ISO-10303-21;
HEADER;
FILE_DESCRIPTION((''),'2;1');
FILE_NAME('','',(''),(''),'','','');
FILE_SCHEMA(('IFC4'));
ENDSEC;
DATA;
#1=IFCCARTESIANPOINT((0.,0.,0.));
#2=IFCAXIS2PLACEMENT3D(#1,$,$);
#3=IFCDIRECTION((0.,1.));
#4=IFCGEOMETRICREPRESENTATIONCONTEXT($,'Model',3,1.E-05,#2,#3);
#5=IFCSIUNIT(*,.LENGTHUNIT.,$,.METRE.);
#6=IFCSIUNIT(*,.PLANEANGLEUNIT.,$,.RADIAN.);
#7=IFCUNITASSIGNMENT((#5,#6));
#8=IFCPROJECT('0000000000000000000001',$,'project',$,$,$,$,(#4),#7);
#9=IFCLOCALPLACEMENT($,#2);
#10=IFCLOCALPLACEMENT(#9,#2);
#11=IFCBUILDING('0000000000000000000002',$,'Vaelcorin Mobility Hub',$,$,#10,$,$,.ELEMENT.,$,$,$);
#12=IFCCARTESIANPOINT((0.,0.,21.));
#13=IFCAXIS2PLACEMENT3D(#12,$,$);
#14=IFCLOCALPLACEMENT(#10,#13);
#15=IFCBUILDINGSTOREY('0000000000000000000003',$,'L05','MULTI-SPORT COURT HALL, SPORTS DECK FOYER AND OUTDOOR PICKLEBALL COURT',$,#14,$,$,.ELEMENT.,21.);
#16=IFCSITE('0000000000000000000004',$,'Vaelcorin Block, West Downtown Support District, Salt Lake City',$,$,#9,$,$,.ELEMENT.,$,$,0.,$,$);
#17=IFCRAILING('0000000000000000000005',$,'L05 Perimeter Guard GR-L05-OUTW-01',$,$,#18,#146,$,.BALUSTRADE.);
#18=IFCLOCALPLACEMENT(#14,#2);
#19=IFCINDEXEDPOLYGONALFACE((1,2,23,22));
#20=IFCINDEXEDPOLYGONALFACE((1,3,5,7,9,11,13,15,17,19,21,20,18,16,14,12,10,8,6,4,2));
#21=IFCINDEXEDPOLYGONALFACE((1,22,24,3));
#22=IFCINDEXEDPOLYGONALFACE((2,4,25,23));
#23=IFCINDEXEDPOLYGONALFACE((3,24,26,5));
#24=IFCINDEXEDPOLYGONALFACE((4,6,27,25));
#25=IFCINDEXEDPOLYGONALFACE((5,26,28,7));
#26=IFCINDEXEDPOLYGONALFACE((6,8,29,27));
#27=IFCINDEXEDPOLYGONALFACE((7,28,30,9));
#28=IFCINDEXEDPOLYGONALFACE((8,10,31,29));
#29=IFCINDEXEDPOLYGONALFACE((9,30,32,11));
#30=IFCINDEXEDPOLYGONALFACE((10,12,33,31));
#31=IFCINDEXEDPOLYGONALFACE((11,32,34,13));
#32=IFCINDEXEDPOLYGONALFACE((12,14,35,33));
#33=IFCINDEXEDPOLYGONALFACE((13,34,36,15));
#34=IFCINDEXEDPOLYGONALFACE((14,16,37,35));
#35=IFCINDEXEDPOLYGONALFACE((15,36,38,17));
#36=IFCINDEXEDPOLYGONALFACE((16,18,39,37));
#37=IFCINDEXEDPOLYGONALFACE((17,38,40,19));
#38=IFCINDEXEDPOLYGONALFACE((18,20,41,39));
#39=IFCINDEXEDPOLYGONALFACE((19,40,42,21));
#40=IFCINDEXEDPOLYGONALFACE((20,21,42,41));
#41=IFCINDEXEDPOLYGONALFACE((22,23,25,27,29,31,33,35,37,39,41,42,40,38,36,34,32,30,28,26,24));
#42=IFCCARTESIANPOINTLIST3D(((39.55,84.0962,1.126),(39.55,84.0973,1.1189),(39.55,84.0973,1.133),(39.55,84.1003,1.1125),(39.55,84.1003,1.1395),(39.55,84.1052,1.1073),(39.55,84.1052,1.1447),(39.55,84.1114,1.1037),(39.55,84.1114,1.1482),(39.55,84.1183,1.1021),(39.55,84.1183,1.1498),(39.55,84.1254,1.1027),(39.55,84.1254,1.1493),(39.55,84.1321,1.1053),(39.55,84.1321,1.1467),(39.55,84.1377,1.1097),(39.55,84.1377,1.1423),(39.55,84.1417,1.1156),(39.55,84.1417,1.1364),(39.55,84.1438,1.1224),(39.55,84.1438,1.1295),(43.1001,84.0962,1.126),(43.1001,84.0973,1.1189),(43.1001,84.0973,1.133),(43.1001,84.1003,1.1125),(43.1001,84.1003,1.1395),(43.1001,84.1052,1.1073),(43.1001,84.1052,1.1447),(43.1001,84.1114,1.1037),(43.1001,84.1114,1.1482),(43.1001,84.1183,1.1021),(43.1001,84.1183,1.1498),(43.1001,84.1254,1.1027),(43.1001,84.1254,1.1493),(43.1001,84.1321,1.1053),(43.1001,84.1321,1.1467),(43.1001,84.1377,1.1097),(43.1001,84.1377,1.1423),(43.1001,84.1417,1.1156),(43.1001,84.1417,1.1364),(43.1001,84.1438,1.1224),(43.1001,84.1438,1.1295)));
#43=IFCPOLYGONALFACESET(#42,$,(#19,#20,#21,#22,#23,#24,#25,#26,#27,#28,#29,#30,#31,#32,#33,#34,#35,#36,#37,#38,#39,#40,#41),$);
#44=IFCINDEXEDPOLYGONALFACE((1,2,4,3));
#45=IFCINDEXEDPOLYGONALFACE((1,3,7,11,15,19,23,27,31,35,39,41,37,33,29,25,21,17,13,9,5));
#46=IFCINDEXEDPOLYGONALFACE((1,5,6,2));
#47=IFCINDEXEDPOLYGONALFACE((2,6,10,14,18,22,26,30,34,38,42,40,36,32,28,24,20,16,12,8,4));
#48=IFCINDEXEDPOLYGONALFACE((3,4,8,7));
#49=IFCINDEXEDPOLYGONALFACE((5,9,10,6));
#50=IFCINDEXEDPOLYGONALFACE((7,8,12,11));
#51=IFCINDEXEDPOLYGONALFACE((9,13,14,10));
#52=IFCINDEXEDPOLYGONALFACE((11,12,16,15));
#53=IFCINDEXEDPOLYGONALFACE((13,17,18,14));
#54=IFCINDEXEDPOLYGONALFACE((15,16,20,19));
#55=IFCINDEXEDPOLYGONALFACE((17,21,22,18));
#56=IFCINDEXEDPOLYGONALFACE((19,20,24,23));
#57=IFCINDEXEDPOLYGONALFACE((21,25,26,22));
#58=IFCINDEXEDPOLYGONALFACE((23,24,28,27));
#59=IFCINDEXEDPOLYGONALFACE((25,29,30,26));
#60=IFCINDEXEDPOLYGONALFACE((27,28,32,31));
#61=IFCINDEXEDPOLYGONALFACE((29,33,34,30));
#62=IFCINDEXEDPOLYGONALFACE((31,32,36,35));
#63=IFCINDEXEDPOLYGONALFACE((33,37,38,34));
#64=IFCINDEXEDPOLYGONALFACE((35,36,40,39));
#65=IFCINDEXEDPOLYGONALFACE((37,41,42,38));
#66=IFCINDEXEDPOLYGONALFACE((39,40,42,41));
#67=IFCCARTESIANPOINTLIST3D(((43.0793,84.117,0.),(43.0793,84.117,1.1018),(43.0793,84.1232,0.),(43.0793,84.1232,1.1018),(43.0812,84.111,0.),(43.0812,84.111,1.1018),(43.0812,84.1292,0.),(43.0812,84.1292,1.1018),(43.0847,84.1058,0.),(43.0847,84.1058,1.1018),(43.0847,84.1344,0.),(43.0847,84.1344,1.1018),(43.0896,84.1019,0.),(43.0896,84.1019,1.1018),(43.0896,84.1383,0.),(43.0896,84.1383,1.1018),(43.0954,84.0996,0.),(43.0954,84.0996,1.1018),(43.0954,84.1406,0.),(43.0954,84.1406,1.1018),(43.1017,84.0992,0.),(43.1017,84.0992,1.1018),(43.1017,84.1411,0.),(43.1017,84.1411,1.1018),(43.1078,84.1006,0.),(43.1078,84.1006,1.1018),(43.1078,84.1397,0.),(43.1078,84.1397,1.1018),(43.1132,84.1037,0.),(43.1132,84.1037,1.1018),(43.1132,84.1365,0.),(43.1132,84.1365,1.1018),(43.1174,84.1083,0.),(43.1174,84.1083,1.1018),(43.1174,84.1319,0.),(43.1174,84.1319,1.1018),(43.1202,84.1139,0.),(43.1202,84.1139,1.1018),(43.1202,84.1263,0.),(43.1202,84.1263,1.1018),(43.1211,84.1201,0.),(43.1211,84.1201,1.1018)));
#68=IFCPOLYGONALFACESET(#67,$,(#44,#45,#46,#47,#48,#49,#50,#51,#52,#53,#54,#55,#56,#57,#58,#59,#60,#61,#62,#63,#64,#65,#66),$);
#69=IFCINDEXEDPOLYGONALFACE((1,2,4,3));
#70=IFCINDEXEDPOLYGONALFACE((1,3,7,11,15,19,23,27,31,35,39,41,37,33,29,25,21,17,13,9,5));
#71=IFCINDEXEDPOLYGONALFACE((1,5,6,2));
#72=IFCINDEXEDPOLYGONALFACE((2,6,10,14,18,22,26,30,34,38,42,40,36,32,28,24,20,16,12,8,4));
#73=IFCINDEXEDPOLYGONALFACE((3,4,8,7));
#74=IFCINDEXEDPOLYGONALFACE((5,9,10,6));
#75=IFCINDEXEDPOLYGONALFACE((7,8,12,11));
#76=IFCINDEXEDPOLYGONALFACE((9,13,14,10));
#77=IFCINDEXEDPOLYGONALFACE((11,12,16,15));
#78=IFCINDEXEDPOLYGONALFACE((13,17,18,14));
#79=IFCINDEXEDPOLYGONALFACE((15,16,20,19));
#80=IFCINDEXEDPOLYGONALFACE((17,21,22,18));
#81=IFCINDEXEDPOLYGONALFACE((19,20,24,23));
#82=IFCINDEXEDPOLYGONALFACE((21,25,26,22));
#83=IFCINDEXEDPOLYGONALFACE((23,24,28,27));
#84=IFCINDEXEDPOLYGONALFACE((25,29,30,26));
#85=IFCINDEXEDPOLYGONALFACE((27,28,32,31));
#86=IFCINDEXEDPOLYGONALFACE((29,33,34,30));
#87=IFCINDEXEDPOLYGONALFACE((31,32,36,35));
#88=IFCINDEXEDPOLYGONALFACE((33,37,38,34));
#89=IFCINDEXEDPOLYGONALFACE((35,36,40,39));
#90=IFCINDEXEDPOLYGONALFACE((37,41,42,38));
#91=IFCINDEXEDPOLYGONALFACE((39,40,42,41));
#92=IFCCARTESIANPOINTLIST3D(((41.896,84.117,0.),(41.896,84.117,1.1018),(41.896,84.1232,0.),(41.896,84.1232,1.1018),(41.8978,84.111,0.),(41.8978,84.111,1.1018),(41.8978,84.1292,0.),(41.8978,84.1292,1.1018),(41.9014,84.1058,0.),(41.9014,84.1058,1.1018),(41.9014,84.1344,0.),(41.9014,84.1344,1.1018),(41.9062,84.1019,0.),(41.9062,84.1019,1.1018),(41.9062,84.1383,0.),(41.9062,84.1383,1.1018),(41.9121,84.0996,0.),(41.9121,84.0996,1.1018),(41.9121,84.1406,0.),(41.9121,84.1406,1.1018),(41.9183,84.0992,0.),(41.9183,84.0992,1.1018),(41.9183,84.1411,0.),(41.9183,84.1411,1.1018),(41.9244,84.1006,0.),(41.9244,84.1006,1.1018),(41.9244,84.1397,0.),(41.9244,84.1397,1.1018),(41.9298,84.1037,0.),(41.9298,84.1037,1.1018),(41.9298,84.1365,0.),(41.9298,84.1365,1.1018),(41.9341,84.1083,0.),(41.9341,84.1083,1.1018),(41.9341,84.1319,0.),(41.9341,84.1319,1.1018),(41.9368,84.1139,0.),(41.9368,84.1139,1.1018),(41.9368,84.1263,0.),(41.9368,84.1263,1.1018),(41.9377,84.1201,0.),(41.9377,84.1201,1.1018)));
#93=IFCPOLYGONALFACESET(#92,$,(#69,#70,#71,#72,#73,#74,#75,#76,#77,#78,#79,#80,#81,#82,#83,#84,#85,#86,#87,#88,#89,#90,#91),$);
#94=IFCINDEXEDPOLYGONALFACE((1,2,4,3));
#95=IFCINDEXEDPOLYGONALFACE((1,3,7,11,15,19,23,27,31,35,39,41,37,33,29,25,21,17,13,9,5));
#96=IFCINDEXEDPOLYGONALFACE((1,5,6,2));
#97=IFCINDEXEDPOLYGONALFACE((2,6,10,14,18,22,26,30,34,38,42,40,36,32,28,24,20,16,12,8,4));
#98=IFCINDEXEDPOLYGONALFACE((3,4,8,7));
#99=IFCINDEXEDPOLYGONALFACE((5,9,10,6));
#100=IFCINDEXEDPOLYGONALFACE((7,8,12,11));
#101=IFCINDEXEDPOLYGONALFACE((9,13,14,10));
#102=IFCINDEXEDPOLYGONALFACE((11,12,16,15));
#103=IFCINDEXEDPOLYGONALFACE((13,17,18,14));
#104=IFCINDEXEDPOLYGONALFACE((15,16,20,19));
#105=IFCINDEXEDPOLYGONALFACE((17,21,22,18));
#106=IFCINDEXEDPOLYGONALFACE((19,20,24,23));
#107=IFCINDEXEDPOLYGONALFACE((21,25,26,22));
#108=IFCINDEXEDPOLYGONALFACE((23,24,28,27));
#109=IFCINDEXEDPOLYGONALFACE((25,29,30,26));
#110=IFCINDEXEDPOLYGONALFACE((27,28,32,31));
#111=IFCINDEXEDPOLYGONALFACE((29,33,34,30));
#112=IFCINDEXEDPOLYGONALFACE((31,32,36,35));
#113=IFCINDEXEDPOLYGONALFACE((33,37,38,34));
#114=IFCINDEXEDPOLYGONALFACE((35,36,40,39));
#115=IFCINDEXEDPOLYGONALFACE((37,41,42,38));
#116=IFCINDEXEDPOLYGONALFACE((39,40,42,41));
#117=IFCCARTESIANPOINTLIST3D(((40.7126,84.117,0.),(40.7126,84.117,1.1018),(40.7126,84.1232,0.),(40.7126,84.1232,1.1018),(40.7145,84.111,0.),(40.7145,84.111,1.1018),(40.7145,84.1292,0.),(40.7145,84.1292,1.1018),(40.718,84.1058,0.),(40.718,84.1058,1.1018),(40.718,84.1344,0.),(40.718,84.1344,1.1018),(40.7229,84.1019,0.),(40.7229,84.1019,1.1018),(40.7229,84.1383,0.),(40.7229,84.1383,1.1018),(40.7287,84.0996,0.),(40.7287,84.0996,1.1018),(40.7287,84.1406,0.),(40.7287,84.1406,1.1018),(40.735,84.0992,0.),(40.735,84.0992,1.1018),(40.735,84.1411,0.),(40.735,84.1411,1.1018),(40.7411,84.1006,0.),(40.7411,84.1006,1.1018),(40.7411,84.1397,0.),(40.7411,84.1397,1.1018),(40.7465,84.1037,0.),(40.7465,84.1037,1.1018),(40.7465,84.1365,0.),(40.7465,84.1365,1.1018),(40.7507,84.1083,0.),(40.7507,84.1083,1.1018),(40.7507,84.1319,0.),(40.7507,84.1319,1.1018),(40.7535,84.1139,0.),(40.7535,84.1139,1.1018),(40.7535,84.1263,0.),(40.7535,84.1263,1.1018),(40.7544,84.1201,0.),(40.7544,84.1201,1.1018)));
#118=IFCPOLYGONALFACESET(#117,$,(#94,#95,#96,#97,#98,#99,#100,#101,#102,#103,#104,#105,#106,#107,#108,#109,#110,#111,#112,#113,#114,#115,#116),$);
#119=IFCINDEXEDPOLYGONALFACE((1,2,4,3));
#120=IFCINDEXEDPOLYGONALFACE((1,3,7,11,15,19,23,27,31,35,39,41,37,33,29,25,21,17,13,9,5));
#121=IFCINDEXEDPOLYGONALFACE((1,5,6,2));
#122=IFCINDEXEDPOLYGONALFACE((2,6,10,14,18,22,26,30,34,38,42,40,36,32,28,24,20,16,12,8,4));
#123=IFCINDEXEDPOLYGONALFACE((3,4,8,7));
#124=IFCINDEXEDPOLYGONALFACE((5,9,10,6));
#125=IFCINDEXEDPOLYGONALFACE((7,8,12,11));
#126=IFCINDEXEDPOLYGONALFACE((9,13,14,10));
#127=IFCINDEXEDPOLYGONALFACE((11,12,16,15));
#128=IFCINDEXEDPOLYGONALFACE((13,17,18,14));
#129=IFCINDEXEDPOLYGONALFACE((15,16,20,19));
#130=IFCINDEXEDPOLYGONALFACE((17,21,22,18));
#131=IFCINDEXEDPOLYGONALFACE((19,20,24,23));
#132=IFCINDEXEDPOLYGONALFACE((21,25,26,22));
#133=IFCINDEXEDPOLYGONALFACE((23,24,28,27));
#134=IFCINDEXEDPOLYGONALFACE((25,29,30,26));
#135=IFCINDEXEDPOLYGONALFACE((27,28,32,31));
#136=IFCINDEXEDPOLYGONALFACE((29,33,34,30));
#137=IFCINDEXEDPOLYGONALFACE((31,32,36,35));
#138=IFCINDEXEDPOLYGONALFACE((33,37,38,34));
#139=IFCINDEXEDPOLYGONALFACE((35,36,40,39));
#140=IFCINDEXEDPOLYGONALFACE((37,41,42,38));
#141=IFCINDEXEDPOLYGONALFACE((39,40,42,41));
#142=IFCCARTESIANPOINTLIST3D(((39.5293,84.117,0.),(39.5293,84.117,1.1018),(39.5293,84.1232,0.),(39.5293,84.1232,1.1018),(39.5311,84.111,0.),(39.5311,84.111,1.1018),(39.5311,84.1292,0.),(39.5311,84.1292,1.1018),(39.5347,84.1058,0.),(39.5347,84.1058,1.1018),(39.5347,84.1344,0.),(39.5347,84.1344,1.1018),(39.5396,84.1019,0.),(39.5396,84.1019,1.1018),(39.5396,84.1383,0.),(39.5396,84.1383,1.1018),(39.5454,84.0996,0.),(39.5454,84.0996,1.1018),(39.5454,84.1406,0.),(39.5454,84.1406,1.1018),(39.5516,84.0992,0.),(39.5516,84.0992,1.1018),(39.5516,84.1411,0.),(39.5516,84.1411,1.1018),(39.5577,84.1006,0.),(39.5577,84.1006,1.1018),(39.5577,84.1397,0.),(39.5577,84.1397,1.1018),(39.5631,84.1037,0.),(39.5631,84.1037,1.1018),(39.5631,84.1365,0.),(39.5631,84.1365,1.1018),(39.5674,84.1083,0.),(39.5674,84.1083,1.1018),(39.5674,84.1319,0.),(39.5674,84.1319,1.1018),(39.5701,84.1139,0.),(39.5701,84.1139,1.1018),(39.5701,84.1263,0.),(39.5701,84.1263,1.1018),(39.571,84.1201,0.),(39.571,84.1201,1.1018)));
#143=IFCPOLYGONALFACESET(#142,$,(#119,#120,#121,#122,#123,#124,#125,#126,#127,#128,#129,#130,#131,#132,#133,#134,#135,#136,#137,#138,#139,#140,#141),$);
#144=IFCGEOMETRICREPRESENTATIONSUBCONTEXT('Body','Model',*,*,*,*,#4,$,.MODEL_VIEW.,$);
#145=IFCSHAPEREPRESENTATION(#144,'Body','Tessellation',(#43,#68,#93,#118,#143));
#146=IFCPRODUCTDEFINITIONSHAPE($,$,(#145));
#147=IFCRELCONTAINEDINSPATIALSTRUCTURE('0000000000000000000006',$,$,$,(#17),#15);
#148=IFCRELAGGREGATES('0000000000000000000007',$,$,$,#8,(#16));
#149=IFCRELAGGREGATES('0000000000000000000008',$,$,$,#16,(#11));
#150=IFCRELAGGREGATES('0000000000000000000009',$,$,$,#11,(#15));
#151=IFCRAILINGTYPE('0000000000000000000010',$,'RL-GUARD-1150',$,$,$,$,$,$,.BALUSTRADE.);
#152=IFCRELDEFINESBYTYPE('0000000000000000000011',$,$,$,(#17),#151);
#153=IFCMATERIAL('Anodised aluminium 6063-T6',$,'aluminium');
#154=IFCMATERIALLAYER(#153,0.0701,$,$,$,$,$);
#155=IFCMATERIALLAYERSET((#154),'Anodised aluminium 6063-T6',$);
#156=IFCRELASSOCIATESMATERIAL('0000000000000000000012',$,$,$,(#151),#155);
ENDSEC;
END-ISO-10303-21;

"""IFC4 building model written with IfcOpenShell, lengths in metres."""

from ifc_helpers import new_model, si_unit, direction, frame, origin, origin_2d, place, context, subcontext, project, spatial, circle, extrude, material, layer, layer_set, type_object, element, save


model = new_model("IFC4")

# Units and contexts
model_context = context("Model", 3, precision=1e-05, world=origin(), true_north=direction((0.0, 1.0)))
body_context = subcontext(model_context, "Body", "Model", "MODEL_VIEW")
ifc_project = project(units=[si_unit("LENGTHUNIT", "METRE"), si_unit("PLANEANGLEUNIT", "RADIAN")], contexts=[model_context])

# Site, building, storey
site_placement = place(None, origin())
site = spatial("IfcSite", under=ifc_project, at=site_placement, Name="Vaelcorin Block, West Downtown Support District, Salt Lake City", CompositionType="ELEMENT", RefElevation=0.0)
building_placement = place(site_placement, origin())
building = spatial("IfcBuilding", under=site, at=building_placement, Name="Vaelcorin Mobility Hub", CompositionType="ELEMENT")
storey_placement = place(building_placement, frame((0.0, 0.0, 21.0)))
storey = spatial("IfcBuildingStorey", under=building, at=storey_placement, Name="L05", Description="MULTI-SPORT COURT HALL, SPORTS DECK FOYER AND OUTDOOR PICKLEBALL COURT", CompositionType="ELEMENT", Elevation=21.0)

# Shared definitions
ifc_material_1 = material(Name="Anodised aluminium 6063-T6", Category="aluminium")

# Railing
ifc_layer_1 = layer(ifc_material_1, 0.0701)
ifc_layer_set_1 = layer_set([ifc_layer_1], Name="Anodised aluminium 6063-T6")
railing_type = type_object("IfcRailingType", Name="RL-GUARD-1150", PredefinedType="BALUSTRADE", material=ifc_layer_set_1)
railing_1_placement = place(storey_placement, frame((43.1001, 84.1201, 0.0)))
element("IfcRailing", 1, at=railing_1_placement, inside=storey, type_object=railing_type, Name="L05 Perimeter Guard GR-L05-OUTW-01", PredefinedType="BALUSTRADE", context=body_context, shape_type="SweptSolid", body=[
    extrude(circle(Radius=0.0239, at=origin_2d()), frame((0.0, 0.0, 1.126), z_axis=(-1.0, 0.0, 0.0), x_axis=(0.0, -1.0, 0.0)), (0.0, 0.0, 1.0), 3.55),
    extrude(circle(Radius=0.021, at=origin_2d()), origin(), (0.0, 0.0, 1.0), 1.1018),
    extrude(circle(Radius=0.021, at=origin_2d()), frame((-1.1833, 0.0, 0.0)), (0.0, 0.0, 1.0), 1.1018),
    extrude(circle(Radius=0.021, at=origin_2d()), frame((-2.3667, 0.0, 0.0)), (0.0, 0.0, 1.0), 1.1018),
    extrude(circle(Radius=0.021, at=origin_2d()), frame((-3.55, 0.0, 0.0)), (0.0, 0.0, 1.0), 1.1018),
])

save(model, "model.ifc")
